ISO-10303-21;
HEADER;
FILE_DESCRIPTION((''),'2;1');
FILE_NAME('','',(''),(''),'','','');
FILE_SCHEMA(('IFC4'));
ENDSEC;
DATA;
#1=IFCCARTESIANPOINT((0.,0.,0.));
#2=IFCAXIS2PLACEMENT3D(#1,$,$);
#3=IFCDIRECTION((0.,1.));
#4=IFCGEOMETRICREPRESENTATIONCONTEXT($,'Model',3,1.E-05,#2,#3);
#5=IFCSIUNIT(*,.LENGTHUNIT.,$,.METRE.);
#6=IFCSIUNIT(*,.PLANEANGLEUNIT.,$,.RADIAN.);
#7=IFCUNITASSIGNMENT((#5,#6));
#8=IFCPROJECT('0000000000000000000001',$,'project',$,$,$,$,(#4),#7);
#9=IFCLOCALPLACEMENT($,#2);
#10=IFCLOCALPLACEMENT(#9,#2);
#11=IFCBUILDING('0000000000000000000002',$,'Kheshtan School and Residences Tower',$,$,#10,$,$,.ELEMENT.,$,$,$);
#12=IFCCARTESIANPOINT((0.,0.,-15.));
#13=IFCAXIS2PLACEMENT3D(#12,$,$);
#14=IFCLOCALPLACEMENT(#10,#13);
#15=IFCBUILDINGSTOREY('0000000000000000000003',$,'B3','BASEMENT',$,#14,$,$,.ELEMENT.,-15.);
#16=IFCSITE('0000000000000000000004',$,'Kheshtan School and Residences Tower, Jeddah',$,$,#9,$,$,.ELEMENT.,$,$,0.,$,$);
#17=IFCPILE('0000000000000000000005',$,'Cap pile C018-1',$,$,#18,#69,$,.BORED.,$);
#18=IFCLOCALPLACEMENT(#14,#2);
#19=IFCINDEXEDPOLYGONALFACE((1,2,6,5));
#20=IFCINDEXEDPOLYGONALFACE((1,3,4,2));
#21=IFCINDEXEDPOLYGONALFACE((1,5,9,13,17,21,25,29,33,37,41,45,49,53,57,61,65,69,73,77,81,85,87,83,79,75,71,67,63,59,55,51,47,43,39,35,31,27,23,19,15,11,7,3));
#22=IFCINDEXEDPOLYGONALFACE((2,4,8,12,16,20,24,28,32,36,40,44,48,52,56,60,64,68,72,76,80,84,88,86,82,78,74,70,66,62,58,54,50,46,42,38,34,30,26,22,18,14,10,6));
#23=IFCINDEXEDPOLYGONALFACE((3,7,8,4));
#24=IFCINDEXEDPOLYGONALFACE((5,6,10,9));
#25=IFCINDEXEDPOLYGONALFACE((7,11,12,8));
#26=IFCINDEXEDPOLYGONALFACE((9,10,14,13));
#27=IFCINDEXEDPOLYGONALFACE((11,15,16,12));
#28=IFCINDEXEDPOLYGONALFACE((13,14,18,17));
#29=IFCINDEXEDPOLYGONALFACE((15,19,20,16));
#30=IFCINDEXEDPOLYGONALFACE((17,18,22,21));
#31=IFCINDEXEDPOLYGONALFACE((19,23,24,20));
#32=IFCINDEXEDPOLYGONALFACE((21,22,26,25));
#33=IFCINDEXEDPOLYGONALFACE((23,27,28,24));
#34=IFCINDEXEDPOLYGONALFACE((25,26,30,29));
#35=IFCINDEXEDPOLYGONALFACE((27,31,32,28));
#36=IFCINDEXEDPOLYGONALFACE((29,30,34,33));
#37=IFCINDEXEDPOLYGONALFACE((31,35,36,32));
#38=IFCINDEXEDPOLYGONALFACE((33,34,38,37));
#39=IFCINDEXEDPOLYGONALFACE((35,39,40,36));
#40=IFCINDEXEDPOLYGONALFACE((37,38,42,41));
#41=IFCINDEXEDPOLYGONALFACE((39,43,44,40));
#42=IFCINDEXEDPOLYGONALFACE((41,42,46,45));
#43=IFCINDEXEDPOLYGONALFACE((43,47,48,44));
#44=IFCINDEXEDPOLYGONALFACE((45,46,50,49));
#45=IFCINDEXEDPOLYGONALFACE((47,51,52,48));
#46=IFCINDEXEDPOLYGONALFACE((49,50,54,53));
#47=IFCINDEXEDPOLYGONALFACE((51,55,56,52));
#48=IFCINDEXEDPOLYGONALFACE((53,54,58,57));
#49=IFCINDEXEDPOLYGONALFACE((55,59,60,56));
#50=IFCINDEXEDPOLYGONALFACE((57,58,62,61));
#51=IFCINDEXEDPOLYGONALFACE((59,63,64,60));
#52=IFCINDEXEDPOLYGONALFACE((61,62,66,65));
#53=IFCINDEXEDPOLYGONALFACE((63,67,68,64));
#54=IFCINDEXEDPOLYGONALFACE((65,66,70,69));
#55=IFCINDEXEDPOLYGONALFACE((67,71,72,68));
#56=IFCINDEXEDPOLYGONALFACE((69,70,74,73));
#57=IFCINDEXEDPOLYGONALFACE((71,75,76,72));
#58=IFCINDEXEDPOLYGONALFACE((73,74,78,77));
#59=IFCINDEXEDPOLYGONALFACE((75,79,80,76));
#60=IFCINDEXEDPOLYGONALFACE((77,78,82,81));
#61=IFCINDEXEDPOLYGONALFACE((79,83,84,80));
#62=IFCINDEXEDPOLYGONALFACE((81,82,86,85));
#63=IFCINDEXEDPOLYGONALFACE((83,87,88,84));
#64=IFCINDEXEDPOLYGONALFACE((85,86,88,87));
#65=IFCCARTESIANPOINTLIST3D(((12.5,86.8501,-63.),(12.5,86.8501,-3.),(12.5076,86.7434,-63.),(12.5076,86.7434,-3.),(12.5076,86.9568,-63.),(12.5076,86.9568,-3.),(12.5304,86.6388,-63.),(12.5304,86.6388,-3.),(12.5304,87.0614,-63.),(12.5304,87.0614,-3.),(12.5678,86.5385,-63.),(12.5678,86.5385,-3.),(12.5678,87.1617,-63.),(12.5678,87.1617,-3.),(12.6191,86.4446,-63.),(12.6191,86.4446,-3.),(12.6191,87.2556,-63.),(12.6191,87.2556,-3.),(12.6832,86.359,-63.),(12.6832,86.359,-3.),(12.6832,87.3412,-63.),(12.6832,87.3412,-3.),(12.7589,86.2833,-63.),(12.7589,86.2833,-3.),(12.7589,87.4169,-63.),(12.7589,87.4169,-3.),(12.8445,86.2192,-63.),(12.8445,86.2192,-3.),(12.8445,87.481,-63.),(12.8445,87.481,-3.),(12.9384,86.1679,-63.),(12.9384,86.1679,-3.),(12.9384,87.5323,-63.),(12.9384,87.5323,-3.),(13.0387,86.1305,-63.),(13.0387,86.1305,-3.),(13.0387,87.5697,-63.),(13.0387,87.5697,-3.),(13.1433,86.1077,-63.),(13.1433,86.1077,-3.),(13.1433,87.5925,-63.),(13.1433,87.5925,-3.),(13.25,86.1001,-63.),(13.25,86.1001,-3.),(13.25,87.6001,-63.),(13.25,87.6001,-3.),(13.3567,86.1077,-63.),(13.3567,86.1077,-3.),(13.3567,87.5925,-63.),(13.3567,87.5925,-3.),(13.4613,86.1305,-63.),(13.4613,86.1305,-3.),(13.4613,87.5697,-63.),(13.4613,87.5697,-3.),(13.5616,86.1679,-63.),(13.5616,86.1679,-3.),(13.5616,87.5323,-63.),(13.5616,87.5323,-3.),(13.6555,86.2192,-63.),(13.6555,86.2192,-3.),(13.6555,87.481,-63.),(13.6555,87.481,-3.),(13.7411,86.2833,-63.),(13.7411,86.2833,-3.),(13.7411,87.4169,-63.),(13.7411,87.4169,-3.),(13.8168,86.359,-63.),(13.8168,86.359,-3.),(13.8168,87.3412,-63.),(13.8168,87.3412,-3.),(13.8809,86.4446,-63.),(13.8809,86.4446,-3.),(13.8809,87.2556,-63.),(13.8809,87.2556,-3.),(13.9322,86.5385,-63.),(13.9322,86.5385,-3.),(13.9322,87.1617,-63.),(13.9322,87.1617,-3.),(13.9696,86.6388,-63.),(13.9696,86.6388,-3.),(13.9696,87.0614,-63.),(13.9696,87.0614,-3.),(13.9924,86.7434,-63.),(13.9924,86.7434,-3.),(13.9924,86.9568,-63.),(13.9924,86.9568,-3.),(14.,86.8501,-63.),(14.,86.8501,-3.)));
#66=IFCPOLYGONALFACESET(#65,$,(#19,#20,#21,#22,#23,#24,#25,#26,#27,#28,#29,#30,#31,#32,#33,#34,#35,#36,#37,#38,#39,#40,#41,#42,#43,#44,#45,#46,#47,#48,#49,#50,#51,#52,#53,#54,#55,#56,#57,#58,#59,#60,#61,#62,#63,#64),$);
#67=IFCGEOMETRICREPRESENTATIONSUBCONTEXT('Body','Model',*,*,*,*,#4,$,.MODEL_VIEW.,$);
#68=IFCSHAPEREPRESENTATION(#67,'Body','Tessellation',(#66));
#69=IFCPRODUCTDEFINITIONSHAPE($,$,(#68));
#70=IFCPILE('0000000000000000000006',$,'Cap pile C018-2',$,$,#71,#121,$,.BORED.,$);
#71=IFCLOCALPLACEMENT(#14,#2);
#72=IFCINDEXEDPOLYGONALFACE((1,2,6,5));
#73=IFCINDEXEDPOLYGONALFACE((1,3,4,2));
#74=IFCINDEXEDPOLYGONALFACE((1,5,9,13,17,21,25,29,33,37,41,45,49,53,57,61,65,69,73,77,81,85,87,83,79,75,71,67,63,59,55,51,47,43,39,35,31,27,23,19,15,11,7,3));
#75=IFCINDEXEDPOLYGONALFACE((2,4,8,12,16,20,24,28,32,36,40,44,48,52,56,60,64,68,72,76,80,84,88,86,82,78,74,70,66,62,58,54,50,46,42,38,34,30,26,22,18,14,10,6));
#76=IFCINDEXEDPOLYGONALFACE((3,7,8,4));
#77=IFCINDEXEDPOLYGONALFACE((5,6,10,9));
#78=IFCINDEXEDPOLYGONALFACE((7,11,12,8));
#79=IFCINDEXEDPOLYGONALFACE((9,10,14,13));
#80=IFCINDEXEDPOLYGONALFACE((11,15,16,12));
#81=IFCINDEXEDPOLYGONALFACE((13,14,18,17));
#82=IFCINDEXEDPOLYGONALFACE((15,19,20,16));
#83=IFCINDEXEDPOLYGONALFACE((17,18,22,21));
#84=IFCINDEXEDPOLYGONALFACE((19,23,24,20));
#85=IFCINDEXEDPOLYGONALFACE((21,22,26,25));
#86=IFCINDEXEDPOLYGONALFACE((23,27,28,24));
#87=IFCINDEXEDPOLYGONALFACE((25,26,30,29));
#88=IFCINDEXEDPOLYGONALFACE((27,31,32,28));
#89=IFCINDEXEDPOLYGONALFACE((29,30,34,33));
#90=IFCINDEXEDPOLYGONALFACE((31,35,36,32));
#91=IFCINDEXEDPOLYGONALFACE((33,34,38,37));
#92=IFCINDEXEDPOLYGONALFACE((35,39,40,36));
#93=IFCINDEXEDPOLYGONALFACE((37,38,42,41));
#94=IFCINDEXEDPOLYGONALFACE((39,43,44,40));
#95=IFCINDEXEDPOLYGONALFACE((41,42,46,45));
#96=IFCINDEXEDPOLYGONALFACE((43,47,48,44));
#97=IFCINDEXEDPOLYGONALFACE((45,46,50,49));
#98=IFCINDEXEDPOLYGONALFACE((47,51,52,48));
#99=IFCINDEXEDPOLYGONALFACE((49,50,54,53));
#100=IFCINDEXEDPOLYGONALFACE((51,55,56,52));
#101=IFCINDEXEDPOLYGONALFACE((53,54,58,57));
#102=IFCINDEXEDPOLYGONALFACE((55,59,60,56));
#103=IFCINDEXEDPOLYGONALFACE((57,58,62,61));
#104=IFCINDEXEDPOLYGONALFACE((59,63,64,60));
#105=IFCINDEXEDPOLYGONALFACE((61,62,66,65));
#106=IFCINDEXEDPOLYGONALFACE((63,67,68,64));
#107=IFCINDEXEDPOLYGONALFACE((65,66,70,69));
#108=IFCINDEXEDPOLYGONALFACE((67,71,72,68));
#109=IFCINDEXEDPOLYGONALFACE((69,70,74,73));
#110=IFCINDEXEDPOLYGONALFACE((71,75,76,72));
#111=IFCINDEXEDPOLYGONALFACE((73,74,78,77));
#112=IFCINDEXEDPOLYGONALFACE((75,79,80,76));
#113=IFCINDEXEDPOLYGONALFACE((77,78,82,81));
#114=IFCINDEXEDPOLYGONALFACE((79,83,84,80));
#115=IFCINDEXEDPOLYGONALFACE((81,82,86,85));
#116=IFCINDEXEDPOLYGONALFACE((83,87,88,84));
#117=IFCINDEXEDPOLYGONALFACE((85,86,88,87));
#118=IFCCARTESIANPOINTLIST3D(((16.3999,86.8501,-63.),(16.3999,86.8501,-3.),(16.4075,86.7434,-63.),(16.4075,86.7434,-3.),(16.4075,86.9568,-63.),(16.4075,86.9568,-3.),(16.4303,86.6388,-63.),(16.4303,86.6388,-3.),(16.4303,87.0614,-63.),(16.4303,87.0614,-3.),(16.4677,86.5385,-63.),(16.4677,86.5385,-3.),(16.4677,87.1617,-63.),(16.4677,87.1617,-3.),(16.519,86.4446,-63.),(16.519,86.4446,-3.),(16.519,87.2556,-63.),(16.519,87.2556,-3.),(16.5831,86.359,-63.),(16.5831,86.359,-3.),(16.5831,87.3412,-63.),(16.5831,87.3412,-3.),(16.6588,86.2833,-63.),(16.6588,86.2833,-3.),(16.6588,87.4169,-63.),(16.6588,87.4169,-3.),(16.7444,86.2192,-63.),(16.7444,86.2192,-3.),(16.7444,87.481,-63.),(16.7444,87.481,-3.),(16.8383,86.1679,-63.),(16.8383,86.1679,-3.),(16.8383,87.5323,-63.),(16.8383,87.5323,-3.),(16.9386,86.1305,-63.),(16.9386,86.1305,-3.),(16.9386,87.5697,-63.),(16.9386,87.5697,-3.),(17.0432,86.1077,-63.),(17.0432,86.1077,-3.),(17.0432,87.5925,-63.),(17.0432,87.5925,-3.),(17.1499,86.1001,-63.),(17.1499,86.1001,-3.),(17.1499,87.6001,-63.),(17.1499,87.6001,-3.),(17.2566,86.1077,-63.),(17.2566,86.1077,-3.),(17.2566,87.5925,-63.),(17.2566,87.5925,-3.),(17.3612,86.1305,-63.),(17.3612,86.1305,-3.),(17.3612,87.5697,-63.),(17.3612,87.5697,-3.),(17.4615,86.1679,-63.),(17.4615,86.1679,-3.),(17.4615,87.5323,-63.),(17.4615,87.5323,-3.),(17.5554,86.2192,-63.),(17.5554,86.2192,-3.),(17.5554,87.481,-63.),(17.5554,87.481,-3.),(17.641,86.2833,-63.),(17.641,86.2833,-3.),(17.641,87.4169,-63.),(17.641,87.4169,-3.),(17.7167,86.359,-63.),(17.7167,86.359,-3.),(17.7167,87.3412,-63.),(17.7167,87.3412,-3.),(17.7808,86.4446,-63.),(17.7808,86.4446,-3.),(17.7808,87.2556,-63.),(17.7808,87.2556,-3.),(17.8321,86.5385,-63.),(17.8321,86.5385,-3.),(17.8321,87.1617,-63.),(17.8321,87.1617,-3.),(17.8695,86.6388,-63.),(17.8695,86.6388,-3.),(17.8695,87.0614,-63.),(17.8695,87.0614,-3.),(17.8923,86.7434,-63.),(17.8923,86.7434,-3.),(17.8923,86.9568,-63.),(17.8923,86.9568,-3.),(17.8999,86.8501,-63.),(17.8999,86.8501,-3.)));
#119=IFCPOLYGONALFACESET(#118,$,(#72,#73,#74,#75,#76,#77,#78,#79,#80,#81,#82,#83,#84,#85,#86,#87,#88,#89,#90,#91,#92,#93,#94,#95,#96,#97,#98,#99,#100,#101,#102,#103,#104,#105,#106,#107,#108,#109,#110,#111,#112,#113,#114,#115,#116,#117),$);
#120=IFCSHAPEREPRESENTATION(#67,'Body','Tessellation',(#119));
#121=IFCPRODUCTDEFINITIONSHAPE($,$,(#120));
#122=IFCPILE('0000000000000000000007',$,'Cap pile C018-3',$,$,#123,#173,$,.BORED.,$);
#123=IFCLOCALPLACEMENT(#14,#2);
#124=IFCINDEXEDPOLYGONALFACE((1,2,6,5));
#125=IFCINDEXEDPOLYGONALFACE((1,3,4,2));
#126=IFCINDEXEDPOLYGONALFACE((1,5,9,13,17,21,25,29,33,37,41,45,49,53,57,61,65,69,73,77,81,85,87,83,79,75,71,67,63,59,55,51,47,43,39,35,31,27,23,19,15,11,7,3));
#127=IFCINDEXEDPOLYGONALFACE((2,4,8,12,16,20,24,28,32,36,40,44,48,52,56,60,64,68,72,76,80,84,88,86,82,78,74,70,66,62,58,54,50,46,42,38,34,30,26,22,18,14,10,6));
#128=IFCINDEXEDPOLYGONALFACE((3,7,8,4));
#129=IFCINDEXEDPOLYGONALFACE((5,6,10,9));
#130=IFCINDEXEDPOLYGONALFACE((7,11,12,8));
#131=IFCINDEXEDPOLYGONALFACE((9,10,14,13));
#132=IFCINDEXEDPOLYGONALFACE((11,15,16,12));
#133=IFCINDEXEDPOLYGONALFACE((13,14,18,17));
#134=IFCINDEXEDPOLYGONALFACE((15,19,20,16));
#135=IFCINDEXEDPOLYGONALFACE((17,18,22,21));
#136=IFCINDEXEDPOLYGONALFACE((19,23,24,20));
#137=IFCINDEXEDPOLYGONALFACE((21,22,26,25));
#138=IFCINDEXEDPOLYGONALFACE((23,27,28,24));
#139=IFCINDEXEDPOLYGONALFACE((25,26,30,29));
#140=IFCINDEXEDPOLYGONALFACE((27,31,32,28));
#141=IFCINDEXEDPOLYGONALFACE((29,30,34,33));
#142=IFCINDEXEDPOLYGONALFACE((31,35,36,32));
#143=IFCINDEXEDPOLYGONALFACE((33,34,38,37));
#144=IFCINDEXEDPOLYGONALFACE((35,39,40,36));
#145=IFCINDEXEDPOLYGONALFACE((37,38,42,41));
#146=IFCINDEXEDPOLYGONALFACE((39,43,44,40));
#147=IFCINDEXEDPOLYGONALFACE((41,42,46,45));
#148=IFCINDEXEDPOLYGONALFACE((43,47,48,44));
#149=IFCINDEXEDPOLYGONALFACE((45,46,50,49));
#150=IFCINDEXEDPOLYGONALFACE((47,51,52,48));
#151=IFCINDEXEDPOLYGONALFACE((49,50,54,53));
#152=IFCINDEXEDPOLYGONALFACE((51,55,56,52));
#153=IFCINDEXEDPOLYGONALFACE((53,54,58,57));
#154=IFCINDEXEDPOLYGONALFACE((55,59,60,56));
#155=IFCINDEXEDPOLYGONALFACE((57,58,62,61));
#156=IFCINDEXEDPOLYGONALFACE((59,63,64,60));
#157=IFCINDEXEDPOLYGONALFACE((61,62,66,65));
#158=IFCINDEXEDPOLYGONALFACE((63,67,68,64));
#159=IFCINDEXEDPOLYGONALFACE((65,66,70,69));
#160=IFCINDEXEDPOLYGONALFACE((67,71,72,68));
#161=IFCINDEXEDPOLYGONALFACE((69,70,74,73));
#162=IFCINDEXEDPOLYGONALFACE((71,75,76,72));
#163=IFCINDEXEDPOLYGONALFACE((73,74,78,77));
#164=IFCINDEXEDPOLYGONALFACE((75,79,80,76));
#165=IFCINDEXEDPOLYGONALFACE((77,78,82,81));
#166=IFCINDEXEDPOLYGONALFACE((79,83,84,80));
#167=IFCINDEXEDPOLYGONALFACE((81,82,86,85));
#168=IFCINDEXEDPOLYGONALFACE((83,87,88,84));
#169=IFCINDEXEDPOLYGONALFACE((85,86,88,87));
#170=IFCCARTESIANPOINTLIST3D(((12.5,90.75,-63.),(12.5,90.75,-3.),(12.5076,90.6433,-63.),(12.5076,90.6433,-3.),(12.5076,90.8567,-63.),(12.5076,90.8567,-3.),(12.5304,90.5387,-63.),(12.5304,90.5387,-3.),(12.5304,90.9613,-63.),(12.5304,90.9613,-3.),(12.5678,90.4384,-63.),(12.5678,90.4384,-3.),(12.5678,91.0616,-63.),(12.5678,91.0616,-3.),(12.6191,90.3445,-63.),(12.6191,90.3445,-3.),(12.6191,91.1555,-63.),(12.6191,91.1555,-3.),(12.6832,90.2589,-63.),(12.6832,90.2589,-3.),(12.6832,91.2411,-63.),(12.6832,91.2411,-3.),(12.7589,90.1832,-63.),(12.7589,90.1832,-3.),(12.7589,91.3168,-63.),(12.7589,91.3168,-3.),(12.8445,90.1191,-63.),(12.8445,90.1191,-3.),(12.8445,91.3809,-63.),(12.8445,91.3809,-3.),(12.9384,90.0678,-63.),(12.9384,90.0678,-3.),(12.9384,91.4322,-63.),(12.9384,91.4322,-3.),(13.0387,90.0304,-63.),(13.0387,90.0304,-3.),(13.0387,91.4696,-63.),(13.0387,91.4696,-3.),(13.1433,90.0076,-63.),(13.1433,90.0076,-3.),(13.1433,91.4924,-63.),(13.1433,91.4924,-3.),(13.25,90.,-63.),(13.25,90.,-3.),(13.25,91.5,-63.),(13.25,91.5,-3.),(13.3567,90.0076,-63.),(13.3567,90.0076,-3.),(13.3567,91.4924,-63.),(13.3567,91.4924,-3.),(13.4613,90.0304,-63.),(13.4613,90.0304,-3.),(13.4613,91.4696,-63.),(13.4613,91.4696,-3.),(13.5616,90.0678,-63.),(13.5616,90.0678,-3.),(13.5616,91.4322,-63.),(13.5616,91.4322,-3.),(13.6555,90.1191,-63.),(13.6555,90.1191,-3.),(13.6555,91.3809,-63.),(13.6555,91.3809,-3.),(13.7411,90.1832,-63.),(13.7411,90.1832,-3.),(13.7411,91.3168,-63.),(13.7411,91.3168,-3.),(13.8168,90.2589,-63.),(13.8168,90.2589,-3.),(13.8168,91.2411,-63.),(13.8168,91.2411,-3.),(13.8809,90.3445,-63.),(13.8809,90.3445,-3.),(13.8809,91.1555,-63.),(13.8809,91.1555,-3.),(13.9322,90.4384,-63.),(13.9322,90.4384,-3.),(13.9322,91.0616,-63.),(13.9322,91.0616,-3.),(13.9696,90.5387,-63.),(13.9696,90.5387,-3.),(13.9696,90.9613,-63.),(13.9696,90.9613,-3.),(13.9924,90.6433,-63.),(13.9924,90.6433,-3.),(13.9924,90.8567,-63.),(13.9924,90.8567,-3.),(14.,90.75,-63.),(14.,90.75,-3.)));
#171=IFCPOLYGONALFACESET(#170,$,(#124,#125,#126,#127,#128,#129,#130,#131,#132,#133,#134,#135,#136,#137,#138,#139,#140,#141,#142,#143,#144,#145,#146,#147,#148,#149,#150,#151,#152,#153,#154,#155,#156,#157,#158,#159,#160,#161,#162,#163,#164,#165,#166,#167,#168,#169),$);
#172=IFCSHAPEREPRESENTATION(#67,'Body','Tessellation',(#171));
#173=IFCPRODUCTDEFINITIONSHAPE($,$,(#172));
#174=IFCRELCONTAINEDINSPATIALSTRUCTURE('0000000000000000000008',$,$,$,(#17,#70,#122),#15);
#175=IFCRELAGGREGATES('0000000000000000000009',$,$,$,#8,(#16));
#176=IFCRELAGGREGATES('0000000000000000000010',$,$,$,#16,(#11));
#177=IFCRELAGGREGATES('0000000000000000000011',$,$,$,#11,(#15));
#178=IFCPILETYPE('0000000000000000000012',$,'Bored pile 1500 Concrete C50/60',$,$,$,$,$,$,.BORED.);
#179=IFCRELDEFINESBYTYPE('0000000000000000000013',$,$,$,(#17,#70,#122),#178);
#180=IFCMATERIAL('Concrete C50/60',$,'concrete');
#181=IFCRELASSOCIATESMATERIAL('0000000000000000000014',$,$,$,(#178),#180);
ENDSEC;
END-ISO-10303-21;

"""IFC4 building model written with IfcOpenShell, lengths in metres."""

from ifc_helpers import new_model, si_unit, direction, frame, origin, origin_2d, place, context, subcontext, project, spatial, circle, extrude, material, material_profile, profile_set, type_object, element, save


model = new_model("IFC4")

# Units and contexts
model_context = context("Model", 3, precision=1e-05, world=origin(), true_north=direction((0.0, 1.0)))
body_context = subcontext(model_context, "Body", "Model", "MODEL_VIEW")
ifc_project = project(units=[si_unit("LENGTHUNIT", "METRE"), si_unit("PLANEANGLEUNIT", "RADIAN")], contexts=[model_context])

# Site, building, storey
site_placement = place(None, origin())
site = spatial("IfcSite", under=ifc_project, at=site_placement, Name="Kheshtan School and Residences Tower, Jeddah", CompositionType="ELEMENT", RefElevation=0.0)
building_placement = place(site_placement, origin())
building = spatial("IfcBuilding", under=site, at=building_placement, Name="Kheshtan School and Residences Tower", CompositionType="ELEMENT")
storey_placement = place(building_placement, frame((0.0, 0.0, -15.0)))
storey = spatial("IfcBuildingStorey", under=building, at=storey_placement, Name="B3", Description="BASEMENT", CompositionType="ELEMENT", Elevation=-15.0)

# Piles
ifc_material_1 = material(Name="Concrete C50/60", Category="concrete")
ifc_material_profile_1 = material_profile(ifc_material_1, circle(Radius=0.75, at=origin_2d()), Name="BP 1500")
ifc_profile_set_1 = profile_set([ifc_material_profile_1], Name="Concrete C50/60")
pile_type_1 = type_object("IfcPileType", Name="Bored pile 1500 Concrete C50/60", PredefinedType="BORED", material=ifc_profile_set_1)
for number, where, z_axis, x_axis, name in (
    (1, (13.25, 86.8501, -3.0), (0.0, 0.0, -1.0), (1.0, 0.0, 0.0), "Cap pile C018-1"),
    (2, (17.1499, 86.8501, -3.0), (0.0, 0.0, -1.0), (1.0, 0.0, 0.0), "Cap pile C018-2"),
    (3, (13.25, 90.75, -3.0), (0.0, 0.0, -1.0), (1.0, 0.0, 0.0), "Cap pile C018-3"),
):
    element("IfcPile", number, at=place(storey_placement, frame(where, z_axis=z_axis, x_axis=x_axis)), inside=storey, type_object=pile_type_1, Name=name, PredefinedType="BORED", context=body_context, shape_type="SweptSolid", body=[
        extrude(circle(Radius=0.75, at=origin_2d()), origin(), (0.0, 0.0, 1.0), 60.0),
    ])

save(model, "model.ifc")
